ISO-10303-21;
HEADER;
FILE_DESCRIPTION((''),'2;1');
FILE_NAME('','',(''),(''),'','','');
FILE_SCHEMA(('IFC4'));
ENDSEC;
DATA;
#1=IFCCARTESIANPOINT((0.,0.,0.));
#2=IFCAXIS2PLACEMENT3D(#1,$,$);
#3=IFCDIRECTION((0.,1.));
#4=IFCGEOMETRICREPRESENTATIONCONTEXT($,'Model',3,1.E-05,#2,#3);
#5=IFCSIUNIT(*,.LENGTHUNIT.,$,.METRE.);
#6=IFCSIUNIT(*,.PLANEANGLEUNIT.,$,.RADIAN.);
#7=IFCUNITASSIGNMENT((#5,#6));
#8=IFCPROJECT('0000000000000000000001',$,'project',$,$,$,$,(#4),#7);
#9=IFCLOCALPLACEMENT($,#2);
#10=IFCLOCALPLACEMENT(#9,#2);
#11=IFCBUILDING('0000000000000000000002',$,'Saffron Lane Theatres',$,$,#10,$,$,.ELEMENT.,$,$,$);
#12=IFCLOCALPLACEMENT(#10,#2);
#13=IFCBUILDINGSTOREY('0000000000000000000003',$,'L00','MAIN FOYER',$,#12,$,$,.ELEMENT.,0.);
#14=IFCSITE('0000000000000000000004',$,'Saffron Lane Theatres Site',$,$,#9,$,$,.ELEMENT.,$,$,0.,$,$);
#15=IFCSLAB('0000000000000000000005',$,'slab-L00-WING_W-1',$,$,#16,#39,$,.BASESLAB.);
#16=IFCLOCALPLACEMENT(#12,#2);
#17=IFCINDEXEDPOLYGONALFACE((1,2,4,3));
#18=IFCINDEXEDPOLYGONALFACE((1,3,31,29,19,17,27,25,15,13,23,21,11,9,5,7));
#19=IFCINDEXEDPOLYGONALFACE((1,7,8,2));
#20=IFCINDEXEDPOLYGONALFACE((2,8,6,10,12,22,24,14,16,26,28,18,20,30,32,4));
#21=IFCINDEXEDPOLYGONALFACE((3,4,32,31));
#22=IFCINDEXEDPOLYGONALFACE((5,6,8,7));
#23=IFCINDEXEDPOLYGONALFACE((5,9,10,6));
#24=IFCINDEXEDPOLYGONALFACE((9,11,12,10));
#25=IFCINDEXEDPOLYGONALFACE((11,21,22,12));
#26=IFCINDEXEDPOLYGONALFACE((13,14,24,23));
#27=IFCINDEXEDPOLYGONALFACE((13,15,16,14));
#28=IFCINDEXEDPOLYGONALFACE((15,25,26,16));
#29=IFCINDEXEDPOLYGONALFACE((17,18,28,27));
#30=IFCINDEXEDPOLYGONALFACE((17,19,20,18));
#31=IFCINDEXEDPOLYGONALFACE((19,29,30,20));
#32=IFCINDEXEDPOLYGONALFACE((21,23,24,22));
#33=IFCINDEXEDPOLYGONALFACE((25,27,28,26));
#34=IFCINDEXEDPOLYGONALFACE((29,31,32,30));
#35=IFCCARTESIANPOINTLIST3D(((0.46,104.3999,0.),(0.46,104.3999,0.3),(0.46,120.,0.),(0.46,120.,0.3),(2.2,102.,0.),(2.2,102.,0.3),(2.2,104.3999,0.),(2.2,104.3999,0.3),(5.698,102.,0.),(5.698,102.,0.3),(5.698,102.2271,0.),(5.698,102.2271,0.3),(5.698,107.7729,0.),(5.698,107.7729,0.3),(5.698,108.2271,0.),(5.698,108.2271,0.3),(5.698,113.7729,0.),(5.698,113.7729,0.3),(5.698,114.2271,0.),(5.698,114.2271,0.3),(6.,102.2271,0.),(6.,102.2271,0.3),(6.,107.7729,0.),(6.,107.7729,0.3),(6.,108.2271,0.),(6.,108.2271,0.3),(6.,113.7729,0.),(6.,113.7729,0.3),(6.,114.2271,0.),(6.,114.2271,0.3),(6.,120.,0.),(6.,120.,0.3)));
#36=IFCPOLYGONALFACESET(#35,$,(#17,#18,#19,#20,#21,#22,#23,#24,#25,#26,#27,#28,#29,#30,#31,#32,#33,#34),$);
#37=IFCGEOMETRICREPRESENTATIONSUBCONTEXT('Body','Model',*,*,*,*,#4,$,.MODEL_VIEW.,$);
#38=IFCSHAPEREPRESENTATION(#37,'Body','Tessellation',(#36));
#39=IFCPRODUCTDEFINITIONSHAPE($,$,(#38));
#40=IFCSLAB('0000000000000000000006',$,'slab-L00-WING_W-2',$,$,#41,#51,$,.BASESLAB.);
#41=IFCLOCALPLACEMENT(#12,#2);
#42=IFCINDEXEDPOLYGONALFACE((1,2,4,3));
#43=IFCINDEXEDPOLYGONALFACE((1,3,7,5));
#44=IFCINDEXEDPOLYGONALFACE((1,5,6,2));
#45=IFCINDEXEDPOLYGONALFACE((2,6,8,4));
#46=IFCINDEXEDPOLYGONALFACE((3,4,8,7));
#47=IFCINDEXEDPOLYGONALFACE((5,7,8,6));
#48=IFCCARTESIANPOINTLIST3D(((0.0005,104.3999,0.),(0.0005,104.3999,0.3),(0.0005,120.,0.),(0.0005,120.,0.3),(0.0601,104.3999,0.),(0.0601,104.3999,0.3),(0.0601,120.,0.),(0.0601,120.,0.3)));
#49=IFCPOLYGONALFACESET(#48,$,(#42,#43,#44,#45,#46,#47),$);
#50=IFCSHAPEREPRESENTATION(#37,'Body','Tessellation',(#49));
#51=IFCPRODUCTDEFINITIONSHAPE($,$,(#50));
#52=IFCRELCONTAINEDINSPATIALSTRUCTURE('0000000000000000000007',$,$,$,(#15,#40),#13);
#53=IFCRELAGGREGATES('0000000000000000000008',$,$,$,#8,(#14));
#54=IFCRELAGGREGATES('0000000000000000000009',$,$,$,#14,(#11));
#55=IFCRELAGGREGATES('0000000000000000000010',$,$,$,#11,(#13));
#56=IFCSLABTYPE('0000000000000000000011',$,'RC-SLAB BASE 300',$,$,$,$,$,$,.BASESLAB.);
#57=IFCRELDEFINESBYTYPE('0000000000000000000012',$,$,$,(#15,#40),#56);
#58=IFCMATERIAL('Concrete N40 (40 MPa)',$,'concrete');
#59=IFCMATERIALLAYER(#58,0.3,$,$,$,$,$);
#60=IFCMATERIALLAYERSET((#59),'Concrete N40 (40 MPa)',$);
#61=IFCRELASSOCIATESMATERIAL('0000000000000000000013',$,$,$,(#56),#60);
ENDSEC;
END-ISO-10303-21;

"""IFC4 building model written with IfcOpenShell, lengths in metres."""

from ifc_helpers import new_model, si_unit, direction, origin, place, context, subcontext, project, spatial, polyline, outline, extrude, material, layer, layer_set, type_object, element, save


model = new_model("IFC4")

# Units and contexts
model_context = context("Model", 3, precision=1e-05, world=origin(), true_north=direction((0.0, 1.0)))
body_context = subcontext(model_context, "Body", "Model", "MODEL_VIEW")
ifc_project = project(units=[si_unit("LENGTHUNIT", "METRE"), si_unit("PLANEANGLEUNIT", "RADIAN")], contexts=[model_context])

# Site, building, storey
site_placement = place(None, origin())
site = spatial("IfcSite", under=ifc_project, at=site_placement, Name="Saffron Lane Theatres Site", CompositionType="ELEMENT", RefElevation=0.0)
building_placement = place(site_placement, origin())
building = spatial("IfcBuilding", under=site, at=building_placement, Name="Saffron Lane Theatres", CompositionType="ELEMENT")
storey_placement = place(building_placement, origin())
storey = spatial("IfcBuildingStorey", under=building, at=storey_placement, Name="L00", Description="MAIN FOYER", CompositionType="ELEMENT", Elevation=0.0)

# Slabs
ifc_material_1 = material(Name="Concrete N40 (40 MPa)", Category="concrete")
ifc_layer_1 = layer(ifc_material_1, 0.3)
ifc_layer_set_1 = layer_set([ifc_layer_1], Name="Concrete N40 (40 MPa)")
slab_type_1 = type_object("IfcSlabType", Name="RC-SLAB BASE 300", PredefinedType="BASESLAB", material=ifc_layer_set_1)
slab_1_placement = place(storey_placement, origin())
element("IfcSlab", 1, at=slab_1_placement, inside=storey, type_object=slab_type_1, Name="slab-L00-WING_W-1", PredefinedType="BASESLAB", context=body_context, shape_type="SweptSolid", body=[
    extrude(outline(polyline([(5.698, 114.2271), (6.0, 114.2271), (6.0, 120.0), (0.46, 120.0), (0.46, 104.3999), (2.2, 104.3999), (2.2, 102.0), (5.698, 102.0), (5.698, 102.2271), (6.0, 102.2271), (6.0, 107.7729), (5.698, 107.7729), (5.698, 108.2271), (6.0, 108.2271), (6.0, 113.7729), (5.698, 113.7729), (5.698, 114.2271)])), origin(), (0.0, 0.0, 1.0), 0.3),
])
slab_2_placement = place(storey_placement, origin())
element("IfcSlab", 2, at=slab_2_placement, inside=storey, type_object=slab_type_1, Name="slab-L00-WING_W-2", PredefinedType="BASESLAB", context=body_context, shape_type="SweptSolid", body=[
    extrude(outline(polyline([(0.0601, 120.0), (0.0005, 120.0), (0.0005, 104.3999), (0.0601, 104.3999), (0.0601, 120.0)])), origin(), (0.0, 0.0, 1.0), 0.3),
])

save(model, "model.ifc")
